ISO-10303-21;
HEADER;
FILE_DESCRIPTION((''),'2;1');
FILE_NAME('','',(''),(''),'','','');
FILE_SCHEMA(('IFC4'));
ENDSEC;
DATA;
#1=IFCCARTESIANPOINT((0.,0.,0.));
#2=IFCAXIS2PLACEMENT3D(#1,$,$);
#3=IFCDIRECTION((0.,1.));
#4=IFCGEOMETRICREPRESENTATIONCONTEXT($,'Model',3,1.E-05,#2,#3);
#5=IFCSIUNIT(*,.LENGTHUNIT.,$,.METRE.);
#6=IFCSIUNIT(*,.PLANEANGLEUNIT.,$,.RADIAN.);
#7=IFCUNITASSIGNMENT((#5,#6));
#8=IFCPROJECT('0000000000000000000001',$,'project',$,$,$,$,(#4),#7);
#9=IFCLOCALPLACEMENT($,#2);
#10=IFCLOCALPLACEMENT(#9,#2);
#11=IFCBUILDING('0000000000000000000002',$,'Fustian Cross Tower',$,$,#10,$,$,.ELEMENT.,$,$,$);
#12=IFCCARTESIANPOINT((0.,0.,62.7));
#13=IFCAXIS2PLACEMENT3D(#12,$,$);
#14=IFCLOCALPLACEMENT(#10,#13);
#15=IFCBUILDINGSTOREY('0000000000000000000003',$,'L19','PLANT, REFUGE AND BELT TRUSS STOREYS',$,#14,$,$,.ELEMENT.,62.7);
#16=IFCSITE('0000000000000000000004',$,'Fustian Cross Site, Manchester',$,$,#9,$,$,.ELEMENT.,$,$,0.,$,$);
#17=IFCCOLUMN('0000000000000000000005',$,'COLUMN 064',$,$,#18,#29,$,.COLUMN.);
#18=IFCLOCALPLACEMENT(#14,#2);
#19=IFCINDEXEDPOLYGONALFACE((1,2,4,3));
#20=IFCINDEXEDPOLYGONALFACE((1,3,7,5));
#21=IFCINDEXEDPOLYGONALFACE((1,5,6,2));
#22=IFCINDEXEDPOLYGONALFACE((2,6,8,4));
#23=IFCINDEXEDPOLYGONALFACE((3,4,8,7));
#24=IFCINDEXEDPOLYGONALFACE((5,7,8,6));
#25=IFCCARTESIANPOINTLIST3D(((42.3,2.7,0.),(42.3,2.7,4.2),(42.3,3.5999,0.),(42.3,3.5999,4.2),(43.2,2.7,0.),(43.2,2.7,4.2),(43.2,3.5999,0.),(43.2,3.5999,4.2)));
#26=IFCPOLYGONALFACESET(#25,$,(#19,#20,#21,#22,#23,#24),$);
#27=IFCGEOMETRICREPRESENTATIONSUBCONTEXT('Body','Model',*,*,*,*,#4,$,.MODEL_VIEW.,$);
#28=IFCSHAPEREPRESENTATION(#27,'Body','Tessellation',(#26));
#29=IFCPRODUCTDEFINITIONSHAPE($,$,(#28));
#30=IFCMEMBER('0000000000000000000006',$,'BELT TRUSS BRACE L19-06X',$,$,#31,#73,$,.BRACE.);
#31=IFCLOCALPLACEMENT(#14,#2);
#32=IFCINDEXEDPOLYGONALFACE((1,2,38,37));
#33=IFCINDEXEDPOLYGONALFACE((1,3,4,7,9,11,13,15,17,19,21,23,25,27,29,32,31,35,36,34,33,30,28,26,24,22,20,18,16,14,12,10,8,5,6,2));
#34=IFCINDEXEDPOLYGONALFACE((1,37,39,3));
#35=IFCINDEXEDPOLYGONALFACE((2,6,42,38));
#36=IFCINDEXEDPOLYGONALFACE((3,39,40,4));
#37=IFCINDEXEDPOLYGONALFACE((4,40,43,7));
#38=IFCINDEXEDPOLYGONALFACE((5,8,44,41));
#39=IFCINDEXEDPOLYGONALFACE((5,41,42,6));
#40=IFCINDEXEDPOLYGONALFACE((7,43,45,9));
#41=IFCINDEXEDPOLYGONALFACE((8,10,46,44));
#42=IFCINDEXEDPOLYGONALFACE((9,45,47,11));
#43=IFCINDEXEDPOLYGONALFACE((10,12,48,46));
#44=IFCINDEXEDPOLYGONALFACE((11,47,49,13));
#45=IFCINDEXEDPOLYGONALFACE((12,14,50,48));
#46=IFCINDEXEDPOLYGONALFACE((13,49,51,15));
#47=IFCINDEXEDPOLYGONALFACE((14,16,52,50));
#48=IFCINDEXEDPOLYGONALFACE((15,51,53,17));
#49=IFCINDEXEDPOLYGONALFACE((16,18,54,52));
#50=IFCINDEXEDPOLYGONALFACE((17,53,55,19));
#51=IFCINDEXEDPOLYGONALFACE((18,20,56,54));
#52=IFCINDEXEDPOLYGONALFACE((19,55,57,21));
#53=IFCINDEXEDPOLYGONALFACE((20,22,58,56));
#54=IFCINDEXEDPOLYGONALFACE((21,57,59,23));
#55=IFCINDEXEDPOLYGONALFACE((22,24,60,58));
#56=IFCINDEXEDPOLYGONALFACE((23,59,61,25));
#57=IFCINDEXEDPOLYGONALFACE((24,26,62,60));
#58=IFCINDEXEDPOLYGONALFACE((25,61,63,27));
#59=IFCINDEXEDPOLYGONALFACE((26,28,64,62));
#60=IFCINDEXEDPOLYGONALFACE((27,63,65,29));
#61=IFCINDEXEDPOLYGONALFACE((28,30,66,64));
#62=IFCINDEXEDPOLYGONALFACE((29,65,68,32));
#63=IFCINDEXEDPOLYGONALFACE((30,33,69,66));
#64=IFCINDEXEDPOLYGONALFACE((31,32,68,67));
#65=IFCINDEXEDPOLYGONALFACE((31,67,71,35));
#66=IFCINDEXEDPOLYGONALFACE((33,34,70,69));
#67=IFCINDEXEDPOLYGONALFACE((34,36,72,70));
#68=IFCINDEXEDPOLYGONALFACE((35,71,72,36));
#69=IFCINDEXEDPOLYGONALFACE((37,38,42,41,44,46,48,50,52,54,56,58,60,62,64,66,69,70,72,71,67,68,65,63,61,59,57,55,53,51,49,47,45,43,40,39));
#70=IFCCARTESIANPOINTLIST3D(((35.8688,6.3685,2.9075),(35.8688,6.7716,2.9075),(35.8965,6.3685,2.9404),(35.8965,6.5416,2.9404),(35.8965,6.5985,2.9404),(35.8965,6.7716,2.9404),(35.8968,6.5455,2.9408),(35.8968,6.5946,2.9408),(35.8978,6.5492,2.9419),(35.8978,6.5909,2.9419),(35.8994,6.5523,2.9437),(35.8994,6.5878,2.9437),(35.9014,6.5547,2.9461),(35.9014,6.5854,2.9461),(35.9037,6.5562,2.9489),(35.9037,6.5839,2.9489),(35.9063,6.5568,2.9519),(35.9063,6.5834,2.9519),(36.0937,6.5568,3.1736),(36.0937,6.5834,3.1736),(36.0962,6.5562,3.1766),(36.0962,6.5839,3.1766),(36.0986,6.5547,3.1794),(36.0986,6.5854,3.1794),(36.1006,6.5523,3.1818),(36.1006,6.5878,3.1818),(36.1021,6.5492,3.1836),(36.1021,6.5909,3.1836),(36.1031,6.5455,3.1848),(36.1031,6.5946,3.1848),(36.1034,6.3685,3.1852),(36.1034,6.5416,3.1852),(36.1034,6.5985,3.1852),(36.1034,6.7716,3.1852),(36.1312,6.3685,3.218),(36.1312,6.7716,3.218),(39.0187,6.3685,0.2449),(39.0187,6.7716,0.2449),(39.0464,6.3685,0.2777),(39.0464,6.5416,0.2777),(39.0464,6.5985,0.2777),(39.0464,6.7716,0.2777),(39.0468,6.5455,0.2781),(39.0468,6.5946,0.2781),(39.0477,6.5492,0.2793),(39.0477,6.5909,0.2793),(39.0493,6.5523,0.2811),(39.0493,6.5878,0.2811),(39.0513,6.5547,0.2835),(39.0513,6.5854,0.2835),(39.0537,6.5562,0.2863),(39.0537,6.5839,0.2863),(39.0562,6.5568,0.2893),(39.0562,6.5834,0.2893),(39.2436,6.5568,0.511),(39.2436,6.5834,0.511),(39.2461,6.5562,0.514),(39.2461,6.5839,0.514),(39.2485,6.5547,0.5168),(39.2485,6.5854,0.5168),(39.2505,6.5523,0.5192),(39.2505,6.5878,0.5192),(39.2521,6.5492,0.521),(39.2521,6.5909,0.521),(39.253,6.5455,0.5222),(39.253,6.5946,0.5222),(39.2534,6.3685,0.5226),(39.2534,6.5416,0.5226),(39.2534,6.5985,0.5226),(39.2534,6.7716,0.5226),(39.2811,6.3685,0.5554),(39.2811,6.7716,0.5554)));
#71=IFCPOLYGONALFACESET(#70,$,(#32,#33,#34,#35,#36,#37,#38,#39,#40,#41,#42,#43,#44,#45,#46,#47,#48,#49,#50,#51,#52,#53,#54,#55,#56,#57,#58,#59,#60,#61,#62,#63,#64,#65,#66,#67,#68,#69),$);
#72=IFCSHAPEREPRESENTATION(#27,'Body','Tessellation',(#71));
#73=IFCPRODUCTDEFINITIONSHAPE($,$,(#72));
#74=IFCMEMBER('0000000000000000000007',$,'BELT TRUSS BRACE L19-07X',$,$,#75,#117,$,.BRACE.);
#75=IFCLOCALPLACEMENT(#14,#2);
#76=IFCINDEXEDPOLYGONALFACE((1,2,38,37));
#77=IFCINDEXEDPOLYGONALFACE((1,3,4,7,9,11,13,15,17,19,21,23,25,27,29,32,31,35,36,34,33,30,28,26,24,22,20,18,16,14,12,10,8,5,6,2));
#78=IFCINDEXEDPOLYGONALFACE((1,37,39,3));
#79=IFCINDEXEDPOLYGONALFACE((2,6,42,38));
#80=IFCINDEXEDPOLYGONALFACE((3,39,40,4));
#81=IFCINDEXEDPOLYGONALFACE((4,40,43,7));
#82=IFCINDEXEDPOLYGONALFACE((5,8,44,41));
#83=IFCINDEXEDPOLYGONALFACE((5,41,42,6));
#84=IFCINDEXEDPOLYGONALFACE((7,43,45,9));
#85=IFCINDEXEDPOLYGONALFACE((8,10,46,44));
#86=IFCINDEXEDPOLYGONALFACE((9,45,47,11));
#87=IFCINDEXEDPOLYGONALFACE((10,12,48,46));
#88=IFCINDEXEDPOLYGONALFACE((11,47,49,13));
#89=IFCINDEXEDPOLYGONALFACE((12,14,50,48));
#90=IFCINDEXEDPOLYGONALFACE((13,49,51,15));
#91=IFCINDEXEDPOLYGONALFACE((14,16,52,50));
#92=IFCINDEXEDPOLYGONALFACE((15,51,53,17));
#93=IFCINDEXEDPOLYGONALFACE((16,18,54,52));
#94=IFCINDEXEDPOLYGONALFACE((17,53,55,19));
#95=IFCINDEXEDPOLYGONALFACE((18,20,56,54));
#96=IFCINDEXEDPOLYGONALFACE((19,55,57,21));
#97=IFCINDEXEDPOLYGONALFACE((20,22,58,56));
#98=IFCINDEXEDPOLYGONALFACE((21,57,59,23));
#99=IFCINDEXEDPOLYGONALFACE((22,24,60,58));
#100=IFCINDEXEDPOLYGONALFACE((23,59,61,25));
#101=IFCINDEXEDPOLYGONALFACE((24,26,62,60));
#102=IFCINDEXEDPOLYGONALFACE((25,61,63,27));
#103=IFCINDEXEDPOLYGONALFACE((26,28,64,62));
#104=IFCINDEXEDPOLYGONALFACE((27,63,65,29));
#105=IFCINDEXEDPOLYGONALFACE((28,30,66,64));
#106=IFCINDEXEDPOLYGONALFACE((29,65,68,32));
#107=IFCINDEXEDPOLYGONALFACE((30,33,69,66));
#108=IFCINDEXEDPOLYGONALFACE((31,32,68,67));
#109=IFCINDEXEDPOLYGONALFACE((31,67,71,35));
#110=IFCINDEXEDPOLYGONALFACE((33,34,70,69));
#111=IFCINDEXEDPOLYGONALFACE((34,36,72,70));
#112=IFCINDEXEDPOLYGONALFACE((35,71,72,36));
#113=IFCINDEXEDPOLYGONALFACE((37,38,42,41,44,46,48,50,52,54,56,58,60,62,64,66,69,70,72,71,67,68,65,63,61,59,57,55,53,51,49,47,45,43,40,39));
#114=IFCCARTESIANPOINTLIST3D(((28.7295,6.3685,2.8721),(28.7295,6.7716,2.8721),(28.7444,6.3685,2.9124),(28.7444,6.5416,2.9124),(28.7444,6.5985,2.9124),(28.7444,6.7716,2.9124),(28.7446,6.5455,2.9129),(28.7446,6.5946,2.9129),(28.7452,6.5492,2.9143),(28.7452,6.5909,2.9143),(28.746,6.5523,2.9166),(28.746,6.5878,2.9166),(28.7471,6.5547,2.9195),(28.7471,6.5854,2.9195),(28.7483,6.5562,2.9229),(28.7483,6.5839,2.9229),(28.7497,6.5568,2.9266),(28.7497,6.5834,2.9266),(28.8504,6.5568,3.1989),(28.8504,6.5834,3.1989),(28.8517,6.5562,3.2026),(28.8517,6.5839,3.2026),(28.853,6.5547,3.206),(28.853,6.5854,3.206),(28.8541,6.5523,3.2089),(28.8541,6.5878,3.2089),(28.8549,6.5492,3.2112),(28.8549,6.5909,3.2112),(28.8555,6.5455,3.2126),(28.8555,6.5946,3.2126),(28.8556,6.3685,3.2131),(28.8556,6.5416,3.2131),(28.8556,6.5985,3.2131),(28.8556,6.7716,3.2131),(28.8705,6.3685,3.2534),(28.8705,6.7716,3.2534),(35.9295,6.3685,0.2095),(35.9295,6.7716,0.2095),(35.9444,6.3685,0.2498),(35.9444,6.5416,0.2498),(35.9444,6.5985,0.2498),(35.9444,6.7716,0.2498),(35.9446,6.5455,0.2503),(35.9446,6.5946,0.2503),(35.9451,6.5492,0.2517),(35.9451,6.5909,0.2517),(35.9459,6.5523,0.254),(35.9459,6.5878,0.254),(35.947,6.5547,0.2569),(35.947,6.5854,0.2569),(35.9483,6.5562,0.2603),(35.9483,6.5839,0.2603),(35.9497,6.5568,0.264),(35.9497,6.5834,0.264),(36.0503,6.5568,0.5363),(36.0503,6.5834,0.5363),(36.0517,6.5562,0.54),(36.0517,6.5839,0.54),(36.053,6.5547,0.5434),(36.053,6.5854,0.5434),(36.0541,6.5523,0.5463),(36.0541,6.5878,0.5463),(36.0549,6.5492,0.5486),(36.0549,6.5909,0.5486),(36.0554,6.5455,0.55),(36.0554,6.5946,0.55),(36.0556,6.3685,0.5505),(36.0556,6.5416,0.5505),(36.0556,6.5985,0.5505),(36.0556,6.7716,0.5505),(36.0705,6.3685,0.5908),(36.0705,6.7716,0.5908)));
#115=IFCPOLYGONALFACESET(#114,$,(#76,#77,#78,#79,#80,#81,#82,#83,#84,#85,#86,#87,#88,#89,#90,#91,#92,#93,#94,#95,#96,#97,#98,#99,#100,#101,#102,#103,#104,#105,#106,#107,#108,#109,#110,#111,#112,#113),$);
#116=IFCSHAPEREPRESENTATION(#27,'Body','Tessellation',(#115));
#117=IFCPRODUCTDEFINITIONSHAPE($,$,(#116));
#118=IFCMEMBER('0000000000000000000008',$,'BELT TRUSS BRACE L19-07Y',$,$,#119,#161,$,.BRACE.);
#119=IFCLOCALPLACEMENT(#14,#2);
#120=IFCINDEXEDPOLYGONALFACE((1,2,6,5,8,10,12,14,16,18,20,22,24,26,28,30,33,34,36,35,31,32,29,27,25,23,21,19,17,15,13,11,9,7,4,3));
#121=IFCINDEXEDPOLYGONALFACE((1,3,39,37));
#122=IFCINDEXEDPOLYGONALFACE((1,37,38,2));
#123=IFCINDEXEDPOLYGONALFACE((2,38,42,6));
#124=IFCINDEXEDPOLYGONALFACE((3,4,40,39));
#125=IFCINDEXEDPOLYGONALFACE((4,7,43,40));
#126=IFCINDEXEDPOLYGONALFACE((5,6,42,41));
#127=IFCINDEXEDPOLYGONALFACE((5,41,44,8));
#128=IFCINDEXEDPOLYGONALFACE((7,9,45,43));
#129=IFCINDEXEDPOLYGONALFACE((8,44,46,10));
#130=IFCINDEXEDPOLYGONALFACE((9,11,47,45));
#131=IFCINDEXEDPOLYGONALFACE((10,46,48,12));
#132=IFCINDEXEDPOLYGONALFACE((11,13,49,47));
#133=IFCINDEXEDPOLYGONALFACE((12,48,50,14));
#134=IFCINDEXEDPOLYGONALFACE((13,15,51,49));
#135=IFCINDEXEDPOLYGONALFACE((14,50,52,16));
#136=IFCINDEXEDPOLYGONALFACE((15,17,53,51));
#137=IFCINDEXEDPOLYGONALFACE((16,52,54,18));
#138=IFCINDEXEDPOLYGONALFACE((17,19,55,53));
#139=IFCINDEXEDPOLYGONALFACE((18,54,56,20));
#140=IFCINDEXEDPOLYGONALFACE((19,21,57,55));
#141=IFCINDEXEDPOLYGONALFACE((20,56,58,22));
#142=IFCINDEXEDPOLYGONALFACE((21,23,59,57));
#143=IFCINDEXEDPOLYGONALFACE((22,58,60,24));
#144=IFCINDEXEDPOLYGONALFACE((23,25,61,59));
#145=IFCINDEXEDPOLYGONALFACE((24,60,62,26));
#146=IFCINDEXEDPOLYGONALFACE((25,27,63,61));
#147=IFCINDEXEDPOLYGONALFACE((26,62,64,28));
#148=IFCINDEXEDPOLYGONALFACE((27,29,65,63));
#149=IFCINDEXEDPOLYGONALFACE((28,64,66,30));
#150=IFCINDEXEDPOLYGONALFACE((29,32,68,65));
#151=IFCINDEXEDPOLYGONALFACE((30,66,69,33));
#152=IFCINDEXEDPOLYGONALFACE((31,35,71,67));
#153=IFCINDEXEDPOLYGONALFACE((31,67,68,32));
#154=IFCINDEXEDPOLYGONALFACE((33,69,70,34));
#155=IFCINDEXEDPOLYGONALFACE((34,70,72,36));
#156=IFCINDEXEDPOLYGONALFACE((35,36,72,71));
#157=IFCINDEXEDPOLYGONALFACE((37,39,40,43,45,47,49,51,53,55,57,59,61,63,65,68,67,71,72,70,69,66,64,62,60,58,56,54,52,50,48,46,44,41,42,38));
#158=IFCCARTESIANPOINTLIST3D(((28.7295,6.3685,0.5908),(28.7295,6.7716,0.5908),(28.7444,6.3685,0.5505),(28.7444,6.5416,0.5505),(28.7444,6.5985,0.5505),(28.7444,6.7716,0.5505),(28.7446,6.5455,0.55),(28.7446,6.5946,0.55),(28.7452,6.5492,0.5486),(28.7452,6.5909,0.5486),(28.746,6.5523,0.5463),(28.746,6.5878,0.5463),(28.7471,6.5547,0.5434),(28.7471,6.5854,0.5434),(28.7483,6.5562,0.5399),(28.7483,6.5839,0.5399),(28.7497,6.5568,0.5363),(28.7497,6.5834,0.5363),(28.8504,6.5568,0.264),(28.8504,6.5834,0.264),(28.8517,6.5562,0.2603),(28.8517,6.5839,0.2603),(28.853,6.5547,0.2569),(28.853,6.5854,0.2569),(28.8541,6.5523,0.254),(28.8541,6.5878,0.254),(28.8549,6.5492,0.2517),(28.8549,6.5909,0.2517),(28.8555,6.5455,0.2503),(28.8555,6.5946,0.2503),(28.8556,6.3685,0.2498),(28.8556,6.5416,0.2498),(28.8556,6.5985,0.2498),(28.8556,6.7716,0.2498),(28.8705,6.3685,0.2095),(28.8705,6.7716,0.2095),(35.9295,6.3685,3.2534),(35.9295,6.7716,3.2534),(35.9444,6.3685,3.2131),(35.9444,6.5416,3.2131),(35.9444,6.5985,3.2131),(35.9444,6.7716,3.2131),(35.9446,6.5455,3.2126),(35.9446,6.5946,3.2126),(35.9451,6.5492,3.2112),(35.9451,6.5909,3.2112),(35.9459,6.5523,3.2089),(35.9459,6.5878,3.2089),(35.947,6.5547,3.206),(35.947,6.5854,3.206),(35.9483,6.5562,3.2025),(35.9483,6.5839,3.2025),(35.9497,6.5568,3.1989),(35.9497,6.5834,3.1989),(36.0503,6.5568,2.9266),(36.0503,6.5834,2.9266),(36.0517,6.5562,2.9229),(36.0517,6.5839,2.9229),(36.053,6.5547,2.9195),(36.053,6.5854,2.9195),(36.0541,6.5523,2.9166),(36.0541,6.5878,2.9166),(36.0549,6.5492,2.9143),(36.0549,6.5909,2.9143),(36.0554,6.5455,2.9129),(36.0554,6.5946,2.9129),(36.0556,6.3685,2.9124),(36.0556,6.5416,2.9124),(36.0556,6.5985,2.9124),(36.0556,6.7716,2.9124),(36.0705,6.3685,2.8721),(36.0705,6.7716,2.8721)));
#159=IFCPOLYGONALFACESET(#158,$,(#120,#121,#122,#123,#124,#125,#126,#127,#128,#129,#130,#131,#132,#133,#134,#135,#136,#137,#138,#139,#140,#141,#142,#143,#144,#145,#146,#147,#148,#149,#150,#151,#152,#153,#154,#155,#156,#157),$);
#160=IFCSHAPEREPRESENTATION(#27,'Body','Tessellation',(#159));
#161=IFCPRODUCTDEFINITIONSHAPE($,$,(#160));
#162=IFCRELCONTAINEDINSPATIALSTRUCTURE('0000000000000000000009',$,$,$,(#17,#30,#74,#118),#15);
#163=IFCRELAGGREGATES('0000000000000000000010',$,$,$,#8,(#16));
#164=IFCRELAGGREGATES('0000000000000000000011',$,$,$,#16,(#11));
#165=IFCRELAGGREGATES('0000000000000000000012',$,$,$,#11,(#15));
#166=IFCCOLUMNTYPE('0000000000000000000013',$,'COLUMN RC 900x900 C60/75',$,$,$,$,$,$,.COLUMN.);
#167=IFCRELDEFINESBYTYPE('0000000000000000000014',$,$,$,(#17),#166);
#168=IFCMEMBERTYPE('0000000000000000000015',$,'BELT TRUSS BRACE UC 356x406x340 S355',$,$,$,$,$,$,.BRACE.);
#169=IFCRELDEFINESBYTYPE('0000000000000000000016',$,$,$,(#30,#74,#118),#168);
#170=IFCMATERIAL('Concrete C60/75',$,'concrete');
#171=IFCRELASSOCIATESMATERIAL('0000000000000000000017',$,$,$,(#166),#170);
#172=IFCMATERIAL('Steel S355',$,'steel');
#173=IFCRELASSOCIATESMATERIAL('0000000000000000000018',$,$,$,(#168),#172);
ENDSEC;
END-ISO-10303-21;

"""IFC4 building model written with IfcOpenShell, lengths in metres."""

from ifc_helpers import new_model, si_unit, direction, frame, origin, origin_2d, place, context, subcontext, project, spatial, rectangle, i_section, extrude, material, material_profile, profile_set, type_object, element, save


model = new_model("IFC4")

# Units and contexts
model_context = context("Model", 3, precision=1e-05, world=origin(), true_north=direction((0.0, 1.0)))
body_context = subcontext(model_context, "Body", "Model", "MODEL_VIEW")
ifc_project = project(units=[si_unit("LENGTHUNIT", "METRE"), si_unit("PLANEANGLEUNIT", "RADIAN")], contexts=[model_context])

# Site, building, storey
site_placement = place(None, origin())
site = spatial("IfcSite", under=ifc_project, at=site_placement, Name="Fustian Cross Site, Manchester", CompositionType="ELEMENT", RefElevation=0.0)
building_placement = place(site_placement, origin())
building = spatial("IfcBuilding", under=site, at=building_placement, Name="Fustian Cross Tower", CompositionType="ELEMENT")
storey_placement = place(building_placement, frame((0.0, 0.0, 62.7)))
storey = spatial("IfcBuildingStorey", under=building, at=storey_placement, Name="L19", Description="PLANT, REFUGE AND BELT TRUSS STOREYS", CompositionType="ELEMENT", Elevation=62.7)

# Column
ifc_material_1 = material(Name="Concrete C60/75", Category="concrete")
ifc_material_profile_1 = material_profile(ifc_material_1, rectangle(XDim=0.8999, YDim=0.8999, at=origin_2d()), Name="RC 900x900")
ifc_profile_set_1 = profile_set([ifc_material_profile_1], Name="Concrete C60/75")
column_type = type_object("IfcColumnType", Name="COLUMN RC 900x900 C60/75", PredefinedType="COLUMN", material=ifc_profile_set_1)
column_placement = place(storey_placement, frame((42.75, 3.1499, 0.0), z_axis=(0.0, 0.0, 1.0), x_axis=(1.0, 0.0, 0.0)))
element("IfcColumn", 1, at=column_placement, inside=storey, type_object=column_type, Name="COLUMN 064", PredefinedType="COLUMN", context=body_context, shape_type="SweptSolid", body=[
    extrude(rectangle(XDim=0.8999, YDim=0.8999, at=origin_2d()), origin(), (0.0, 0.0, 1.0), 4.2),
])

# Members
ifc_material_2 = material(Name="Steel S355", Category="steel")
ifc_material_profile_2 = material_profile(ifc_material_2, i_section(OverallWidth=0.4031, OverallDepth=0.4065, WebThickness=0.0266, FlangeThickness=0.043, FilletRadius=0.0151, at=origin_2d()), Name="UC 356x406x340")
ifc_profile_set_2 = profile_set([ifc_material_profile_2], Name="Steel S355")
member_type_1 = type_object("IfcMemberType", Name="BELT TRUSS BRACE UC 356x406x340 S355", PredefinedType="BRACE", material=ifc_profile_set_2)
member_placement = place(storey_placement, frame((39.1499, 6.5701, 0.4001), z_axis=(-0.76371, 0.0, 0.64556), x_axis=(0.0, -1.0, 0.0)))
element("IfcMember", 2, at=member_placement, inside=storey, type_object=member_type_1, Name="BELT TRUSS BRACE L19-06X", PredefinedType="BRACE", context=body_context, shape_type="SweptSolid", body=[
    extrude(i_section(OverallWidth=0.4031, OverallDepth=0.4065, WebThickness=0.0266, FlangeThickness=0.043, FilletRadius=0.0151, at=origin_2d()), origin(), (0.0, 0.0, 1.0), 4.1245),
])
for number, where, z_axis, x_axis, name in (
    (3, (36.0, 6.5701, 0.4001), (-0.937921, 0.0, 0.34685), (0.0, -1.0, 0.0), "BELT TRUSS BRACE L19-07X"),
    (4, (36.0, 6.5701, 3.0627), (-0.937921, 0.0, -0.34685), (0.0, -1.0, 0.0), "BELT TRUSS BRACE L19-07Y"),
):
    element("IfcMember", number, at=place(storey_placement, frame(where, z_axis=z_axis, x_axis=x_axis)), inside=storey, type_object=member_type_1, Name=name, PredefinedType="BRACE", context=body_context, shape_type="SweptSolid", body=[
        extrude(i_section(OverallWidth=0.4031, OverallDepth=0.4065, WebThickness=0.0266, FlangeThickness=0.043, FilletRadius=0.0151, at=origin_2d()), origin(), (0.0, 0.0, 1.0), 7.6765),
    ])

save(model, "model.ifc")
